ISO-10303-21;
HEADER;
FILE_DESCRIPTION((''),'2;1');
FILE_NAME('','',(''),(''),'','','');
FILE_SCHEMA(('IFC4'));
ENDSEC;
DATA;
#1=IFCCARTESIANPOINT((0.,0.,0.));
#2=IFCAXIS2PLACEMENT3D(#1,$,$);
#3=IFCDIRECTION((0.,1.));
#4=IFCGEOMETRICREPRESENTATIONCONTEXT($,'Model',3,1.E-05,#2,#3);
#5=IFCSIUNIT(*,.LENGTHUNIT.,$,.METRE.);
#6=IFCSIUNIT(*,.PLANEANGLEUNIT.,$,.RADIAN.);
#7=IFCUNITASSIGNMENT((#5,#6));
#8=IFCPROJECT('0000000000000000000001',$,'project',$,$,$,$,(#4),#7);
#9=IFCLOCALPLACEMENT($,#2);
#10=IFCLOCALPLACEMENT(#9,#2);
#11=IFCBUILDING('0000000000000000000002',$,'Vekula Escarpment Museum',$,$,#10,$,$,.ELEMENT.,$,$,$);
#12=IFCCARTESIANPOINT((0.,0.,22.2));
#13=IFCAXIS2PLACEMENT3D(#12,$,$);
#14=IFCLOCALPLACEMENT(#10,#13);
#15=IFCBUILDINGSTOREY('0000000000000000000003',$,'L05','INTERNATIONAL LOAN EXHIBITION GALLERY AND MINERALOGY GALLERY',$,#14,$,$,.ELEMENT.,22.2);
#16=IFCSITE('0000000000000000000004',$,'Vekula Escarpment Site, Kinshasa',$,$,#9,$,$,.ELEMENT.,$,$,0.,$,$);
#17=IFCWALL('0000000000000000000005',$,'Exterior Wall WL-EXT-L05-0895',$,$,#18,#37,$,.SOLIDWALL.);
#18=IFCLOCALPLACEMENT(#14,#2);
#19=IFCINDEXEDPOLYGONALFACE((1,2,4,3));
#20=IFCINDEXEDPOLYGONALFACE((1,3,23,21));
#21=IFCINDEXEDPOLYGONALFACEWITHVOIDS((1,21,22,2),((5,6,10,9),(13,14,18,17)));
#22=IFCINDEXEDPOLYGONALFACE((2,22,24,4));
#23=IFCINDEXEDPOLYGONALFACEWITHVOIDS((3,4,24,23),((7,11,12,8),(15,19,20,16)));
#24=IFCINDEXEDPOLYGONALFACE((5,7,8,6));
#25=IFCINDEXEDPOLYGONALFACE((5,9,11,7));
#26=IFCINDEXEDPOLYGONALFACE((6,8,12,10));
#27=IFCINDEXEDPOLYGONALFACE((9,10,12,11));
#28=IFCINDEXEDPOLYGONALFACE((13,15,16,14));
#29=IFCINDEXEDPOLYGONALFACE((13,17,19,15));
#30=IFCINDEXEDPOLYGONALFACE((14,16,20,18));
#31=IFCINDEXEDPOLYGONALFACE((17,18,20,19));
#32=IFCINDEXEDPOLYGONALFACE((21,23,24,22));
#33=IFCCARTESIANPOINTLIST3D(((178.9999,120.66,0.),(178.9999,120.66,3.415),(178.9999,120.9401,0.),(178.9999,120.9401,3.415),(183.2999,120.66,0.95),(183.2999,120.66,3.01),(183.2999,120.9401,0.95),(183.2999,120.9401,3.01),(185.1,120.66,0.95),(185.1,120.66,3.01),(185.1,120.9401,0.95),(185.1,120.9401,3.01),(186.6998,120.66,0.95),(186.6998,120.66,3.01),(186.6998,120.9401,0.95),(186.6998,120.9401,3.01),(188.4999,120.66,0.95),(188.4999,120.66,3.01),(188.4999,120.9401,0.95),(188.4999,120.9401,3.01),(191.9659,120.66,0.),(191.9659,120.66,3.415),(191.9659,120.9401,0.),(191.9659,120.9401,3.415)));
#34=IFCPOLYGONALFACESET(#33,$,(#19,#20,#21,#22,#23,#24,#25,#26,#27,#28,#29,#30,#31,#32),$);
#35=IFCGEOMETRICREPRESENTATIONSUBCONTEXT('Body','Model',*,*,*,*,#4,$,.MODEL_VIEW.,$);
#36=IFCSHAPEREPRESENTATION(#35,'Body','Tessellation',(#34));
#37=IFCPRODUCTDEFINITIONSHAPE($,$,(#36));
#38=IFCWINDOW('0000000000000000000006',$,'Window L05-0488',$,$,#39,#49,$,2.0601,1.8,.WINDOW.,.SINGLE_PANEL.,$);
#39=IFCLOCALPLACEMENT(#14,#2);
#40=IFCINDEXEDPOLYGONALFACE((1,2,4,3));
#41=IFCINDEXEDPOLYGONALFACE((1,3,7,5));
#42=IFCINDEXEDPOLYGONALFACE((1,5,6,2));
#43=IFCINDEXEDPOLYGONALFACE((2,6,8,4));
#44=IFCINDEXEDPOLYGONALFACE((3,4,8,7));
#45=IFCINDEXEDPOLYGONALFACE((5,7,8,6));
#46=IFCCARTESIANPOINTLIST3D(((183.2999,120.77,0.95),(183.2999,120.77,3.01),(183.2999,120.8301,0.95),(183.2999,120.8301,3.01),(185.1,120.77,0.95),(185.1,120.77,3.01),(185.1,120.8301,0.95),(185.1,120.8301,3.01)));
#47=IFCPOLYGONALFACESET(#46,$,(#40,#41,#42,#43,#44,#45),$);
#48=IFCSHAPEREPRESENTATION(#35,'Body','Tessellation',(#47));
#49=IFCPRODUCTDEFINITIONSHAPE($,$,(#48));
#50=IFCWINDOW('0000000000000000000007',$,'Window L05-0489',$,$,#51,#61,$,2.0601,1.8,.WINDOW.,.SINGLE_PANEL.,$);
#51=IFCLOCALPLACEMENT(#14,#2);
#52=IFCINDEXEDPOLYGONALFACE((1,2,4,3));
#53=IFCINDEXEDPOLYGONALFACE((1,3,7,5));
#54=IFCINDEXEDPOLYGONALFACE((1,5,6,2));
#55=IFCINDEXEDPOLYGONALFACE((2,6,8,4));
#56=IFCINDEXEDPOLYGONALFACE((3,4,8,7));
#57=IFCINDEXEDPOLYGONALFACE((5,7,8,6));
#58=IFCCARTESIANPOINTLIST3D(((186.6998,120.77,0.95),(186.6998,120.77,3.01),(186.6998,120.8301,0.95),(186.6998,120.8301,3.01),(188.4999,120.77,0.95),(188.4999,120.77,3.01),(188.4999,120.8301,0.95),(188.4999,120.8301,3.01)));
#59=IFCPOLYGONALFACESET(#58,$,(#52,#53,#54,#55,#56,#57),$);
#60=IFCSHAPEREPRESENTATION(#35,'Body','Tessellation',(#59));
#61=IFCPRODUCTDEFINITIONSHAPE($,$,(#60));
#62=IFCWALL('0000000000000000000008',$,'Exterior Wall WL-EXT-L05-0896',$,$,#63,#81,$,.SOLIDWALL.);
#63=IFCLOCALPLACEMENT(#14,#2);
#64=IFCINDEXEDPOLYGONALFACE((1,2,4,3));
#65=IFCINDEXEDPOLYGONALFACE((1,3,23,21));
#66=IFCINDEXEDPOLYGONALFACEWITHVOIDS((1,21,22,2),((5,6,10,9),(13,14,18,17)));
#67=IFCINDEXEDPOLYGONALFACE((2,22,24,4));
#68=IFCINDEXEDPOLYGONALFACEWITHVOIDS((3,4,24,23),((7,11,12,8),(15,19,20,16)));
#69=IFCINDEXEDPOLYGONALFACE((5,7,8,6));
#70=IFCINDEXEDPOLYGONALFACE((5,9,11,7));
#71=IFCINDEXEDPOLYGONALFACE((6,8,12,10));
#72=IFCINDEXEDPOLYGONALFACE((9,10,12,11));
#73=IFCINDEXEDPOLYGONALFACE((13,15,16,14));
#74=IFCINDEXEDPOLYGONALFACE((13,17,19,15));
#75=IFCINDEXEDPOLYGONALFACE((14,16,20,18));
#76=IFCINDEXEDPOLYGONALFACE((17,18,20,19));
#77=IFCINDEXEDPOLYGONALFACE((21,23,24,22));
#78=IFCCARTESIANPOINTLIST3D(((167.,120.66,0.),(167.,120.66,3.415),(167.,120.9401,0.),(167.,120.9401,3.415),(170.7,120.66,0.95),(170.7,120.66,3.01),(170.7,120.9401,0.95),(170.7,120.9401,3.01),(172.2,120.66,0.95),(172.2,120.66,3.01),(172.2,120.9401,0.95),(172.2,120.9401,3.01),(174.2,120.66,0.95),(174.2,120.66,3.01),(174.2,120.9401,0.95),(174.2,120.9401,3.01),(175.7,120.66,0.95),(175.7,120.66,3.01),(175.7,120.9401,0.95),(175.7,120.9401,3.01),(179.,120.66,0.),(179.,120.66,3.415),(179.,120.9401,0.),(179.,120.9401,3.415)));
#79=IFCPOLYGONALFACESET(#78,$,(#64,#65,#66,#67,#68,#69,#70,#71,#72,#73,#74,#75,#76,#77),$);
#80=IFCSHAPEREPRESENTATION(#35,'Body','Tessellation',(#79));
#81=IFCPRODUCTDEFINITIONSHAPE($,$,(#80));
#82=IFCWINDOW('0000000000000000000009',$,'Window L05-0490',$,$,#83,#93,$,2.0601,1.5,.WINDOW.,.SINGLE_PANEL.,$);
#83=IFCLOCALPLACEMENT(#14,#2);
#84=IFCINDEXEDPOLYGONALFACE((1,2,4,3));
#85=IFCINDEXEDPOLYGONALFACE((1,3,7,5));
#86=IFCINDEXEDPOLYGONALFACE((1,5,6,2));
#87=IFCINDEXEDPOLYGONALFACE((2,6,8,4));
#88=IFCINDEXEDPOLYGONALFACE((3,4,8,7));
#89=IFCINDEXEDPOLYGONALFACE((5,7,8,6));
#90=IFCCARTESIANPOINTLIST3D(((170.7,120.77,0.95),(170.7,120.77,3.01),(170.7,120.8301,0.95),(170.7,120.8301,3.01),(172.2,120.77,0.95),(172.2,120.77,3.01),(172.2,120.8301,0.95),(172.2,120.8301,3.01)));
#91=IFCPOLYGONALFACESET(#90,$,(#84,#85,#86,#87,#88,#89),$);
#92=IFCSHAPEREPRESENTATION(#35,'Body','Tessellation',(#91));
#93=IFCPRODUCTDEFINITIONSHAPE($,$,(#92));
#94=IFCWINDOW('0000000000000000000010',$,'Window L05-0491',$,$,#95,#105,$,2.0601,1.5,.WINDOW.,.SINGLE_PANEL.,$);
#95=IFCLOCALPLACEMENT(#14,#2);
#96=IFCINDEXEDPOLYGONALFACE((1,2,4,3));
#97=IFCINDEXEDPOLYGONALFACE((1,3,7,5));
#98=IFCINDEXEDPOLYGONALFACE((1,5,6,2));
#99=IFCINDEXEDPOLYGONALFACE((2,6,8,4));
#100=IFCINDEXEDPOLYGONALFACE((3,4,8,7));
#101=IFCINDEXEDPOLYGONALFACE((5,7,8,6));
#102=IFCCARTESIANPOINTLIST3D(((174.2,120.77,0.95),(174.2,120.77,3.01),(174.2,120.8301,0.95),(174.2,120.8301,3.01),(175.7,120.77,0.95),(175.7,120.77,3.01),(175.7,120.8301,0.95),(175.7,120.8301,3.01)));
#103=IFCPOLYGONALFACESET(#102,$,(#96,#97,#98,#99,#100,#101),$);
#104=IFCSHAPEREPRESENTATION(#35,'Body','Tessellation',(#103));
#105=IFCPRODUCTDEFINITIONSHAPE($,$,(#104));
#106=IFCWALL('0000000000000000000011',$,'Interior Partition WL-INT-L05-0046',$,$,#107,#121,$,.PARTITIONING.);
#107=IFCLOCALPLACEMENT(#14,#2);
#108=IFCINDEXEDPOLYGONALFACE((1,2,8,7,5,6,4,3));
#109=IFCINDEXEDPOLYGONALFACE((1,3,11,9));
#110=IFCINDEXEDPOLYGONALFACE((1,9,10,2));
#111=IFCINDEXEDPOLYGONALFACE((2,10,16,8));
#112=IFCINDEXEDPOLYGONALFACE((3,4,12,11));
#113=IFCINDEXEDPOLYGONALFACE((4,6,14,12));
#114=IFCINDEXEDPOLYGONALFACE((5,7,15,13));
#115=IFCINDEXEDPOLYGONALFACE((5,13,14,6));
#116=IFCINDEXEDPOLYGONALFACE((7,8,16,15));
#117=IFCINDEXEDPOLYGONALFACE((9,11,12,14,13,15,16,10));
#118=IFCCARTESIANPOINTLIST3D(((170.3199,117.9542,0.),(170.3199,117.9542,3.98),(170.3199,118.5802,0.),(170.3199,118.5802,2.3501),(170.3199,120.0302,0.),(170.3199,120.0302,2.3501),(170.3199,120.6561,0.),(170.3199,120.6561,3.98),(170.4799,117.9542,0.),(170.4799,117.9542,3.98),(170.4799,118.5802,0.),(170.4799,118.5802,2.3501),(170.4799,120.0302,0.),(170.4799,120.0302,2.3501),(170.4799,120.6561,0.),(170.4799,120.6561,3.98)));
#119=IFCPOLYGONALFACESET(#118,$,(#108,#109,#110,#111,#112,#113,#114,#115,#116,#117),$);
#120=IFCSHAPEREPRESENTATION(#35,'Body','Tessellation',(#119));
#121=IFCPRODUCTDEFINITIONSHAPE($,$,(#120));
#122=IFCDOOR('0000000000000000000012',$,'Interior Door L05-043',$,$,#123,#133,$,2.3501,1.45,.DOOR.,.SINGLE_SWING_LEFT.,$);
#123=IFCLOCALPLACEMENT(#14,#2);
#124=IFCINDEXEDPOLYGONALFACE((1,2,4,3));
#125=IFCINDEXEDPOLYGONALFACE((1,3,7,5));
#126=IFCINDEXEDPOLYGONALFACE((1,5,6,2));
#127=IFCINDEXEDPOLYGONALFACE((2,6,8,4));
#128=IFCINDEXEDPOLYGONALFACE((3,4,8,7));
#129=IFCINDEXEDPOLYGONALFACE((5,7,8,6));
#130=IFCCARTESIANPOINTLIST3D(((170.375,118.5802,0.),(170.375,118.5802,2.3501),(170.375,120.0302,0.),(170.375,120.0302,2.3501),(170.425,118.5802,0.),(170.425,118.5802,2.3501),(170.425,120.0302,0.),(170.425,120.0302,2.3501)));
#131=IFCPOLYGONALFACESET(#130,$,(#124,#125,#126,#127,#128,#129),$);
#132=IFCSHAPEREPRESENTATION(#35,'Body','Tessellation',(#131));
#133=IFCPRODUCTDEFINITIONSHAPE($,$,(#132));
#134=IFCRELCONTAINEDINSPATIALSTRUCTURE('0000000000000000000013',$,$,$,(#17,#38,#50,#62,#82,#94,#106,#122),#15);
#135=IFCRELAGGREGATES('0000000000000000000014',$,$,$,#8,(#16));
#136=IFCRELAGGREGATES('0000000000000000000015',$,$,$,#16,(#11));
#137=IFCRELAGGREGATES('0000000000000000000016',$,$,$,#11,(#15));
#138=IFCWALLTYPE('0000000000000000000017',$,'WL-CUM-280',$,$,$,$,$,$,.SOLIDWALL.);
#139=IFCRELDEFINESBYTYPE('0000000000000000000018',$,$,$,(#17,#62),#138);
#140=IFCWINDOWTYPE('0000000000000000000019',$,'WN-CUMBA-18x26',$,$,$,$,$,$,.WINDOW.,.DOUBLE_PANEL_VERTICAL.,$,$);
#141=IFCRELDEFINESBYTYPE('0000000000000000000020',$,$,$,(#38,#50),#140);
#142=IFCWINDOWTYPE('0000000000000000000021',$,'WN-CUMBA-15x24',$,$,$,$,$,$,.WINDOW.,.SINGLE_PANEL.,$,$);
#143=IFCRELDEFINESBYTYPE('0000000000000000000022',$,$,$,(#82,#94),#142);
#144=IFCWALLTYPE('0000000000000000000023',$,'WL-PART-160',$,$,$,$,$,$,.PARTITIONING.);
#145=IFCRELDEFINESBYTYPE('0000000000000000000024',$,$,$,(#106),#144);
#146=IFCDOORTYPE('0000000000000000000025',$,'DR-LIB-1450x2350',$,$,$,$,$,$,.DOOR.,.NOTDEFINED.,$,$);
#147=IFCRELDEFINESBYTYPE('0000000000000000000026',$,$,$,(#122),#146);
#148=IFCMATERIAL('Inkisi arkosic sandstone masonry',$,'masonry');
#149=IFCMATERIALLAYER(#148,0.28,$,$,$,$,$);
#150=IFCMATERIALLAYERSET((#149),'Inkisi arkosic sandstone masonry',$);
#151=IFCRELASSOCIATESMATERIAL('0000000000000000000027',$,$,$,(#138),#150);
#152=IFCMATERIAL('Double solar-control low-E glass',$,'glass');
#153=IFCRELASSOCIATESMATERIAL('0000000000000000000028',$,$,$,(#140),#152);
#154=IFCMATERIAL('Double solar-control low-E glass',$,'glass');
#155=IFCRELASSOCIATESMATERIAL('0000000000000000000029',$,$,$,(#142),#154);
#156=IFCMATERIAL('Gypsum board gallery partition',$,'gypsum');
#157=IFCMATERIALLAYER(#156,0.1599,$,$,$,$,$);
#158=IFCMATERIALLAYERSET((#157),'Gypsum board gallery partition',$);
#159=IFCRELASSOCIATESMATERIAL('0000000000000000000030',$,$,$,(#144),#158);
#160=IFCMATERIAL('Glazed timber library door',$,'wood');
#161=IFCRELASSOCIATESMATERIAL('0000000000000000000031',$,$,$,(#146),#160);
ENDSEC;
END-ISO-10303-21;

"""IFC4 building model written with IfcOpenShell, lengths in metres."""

from ifc_helpers import new_model, si_unit, direction, frame, frame_2d, origin, place, context, subcontext, project, spatial, rectangle, extrude, material, layer, layer_set, type_object, element, fill, save


model = new_model("IFC4")

# Units and contexts
model_context = context("Model", 3, precision=1e-05, world=origin(), true_north=direction((0.0, 1.0)))
body_context = subcontext(model_context, "Body", "Model", "MODEL_VIEW")
ifc_project = project(units=[si_unit("LENGTHUNIT", "METRE"), si_unit("PLANEANGLEUNIT", "RADIAN")], contexts=[model_context])

# Site, building, storey
site_placement = place(None, origin())
site = spatial("IfcSite", under=ifc_project, at=site_placement, Name="Vekula Escarpment Site, Kinshasa", CompositionType="ELEMENT", RefElevation=0.0)
building_placement = place(site_placement, origin())
building = spatial("IfcBuilding", under=site, at=building_placement, Name="Vekula Escarpment Museum", CompositionType="ELEMENT")
storey_placement = place(building_placement, frame((0.0, 0.0, 22.2)))
storey = spatial("IfcBuildingStorey", under=building, at=storey_placement, Name="L05", Description="INTERNATIONAL LOAN EXHIBITION GALLERY AND MINERALOGY GALLERY", CompositionType="ELEMENT", Elevation=22.2)

# Walls, openings, windows
ifc_material_1 = material(Name="Inkisi arkosic sandstone masonry", Category="masonry")
ifc_layer_1 = layer(ifc_material_1, 0.28)
ifc_layer_set_1 = layer_set([ifc_layer_1], Name="Inkisi arkosic sandstone masonry")
wall_type_1 = type_object("IfcWallType", Name="WL-CUM-280", PredefinedType="SOLIDWALL", material=ifc_layer_set_1)
wall_1_placement = place(storey_placement, frame((179.0, 120.8, 0.0), z_axis=(0.0, 0.0, 1.0), x_axis=(1.0, 0.0, 0.0)))
wall_1 = element("IfcWall", 1, at=wall_1_placement, inside=storey, type_object=wall_type_1, Name="Exterior Wall WL-EXT-L05-0895", PredefinedType="SOLIDWALL", context=body_context, shape_type="SweptSolid", body=[
    extrude(rectangle(XDim=12.9661, YDim=0.28, at=frame_2d((6.4829, 0.0))), origin(), (0.0, 0.0, 1.0), 3.415),
])
opening_1_placement = place(wall_1_placement, frame((4.3, 0.0, 0.95)))
opening_1 = element("IfcOpeningElement", 2, at=opening_1_placement, cuts=wall_1, PredefinedType="OPENING", context=body_context, shape_type="SweptSolid", body=[
    extrude(rectangle(XDim=1.8, YDim=2.0601, at=frame_2d((0.8999, 1.03))), frame((0.0, 0.1499, 0.0), z_axis=(0.0, -1.0, 0.0), x_axis=(1.0, 0.0, 0.0)), (0.0, 0.0, 1.0), 0.3),
])
opening_2_placement = place(wall_1_placement, frame((7.7, 0.0, 0.95)))
opening_2 = element("IfcOpeningElement", 3, at=opening_2_placement, cuts=wall_1, PredefinedType="OPENING", context=body_context, shape_type="SweptSolid", body=[
    extrude(rectangle(XDim=1.8, YDim=2.0601, at=frame_2d((0.8999, 1.03))), frame((0.0, 0.1499, 0.0), z_axis=(0.0, -1.0, 0.0), x_axis=(1.0, 0.0, 0.0)), (0.0, 0.0, 1.0), 0.3),
])
ifc_material_2 = material(Name="Double solar-control low-E glass", Category="glass")
window_type_1 = type_object("IfcWindowType", Name="WN-CUMBA-18x26", PartitioningType="DOUBLE_PANEL_VERTICAL", PredefinedType="WINDOW", material=ifc_material_2)
window_1_placement = place(opening_1_placement, origin())
window_1 = element("IfcWindow", 4, at=window_1_placement, inside=storey, type_object=window_type_1, Name="Window L05-0488", OverallHeight=2.0601, OverallWidth=1.8, PartitioningType="SINGLE_PANEL", PredefinedType="WINDOW", context=body_context, shape_type="SweptSolid", body=[
    extrude(rectangle(XDim=1.8, YDim=2.0601, at=frame_2d((0.8999, 1.03))), frame((0.0, 0.03, 0.0), z_axis=(0.0, -1.0, 0.0), x_axis=(1.0, 0.0, 0.0)), (0.0, 0.0, 1.0), 0.0601),
])
fill(opening_1, window_1)
window_2_placement = place(opening_2_placement, origin())
window_2 = element("IfcWindow", 5, at=window_2_placement, inside=storey, type_object=window_type_1, Name="Window L05-0489", OverallHeight=2.0601, OverallWidth=1.8, PartitioningType="SINGLE_PANEL", PredefinedType="WINDOW", context=body_context, shape_type="SweptSolid", body=[
    extrude(rectangle(XDim=1.8, YDim=2.0601, at=frame_2d((0.8999, 1.03))), frame((0.0, 0.03, 0.0), z_axis=(0.0, -1.0, 0.0), x_axis=(1.0, 0.0, 0.0)), (0.0, 0.0, 1.0), 0.0601),
])
fill(opening_2, window_2)
wall_2_placement = place(storey_placement, frame((167.0, 120.8, 0.0), z_axis=(0.0, 0.0, 1.0), x_axis=(1.0, 0.0, 0.0)))
wall_2 = element("IfcWall", 6, at=wall_2_placement, inside=storey, type_object=wall_type_1, Name="Exterior Wall WL-EXT-L05-0896", PredefinedType="SOLIDWALL", context=body_context, shape_type="SweptSolid", body=[
    extrude(rectangle(XDim=12.0, YDim=0.28, at=frame_2d((6.0, 0.0))), origin(), (0.0, 0.0, 1.0), 3.415),
])
opening_3_placement = place(wall_2_placement, frame((3.7, 0.0, 0.95)))
opening_3 = element("IfcOpeningElement", 7, at=opening_3_placement, cuts=wall_2, PredefinedType="OPENING", context=body_context, shape_type="SweptSolid", body=[
    extrude(rectangle(XDim=1.5, YDim=2.0601, at=frame_2d((0.75, 1.03))), frame((0.0, 0.1499, 0.0), z_axis=(0.0, -1.0, 0.0), x_axis=(1.0, 0.0, 0.0)), (0.0, 0.0, 1.0), 0.3),
])
opening_4_placement = place(wall_2_placement, frame((7.2, 0.0, 0.95)))
opening_4 = element("IfcOpeningElement", 8, at=opening_4_placement, cuts=wall_2, PredefinedType="OPENING", context=body_context, shape_type="SweptSolid", body=[
    extrude(rectangle(XDim=1.5, YDim=2.0601, at=frame_2d((0.75, 1.03))), frame((0.0, 0.1499, 0.0), z_axis=(0.0, -1.0, 0.0), x_axis=(1.0, 0.0, 0.0)), (0.0, 0.0, 1.0), 0.3),
])
ifc_material_3 = material(Name="Double solar-control low-E glass", Category="glass")
window_type_2 = type_object("IfcWindowType", Name="WN-CUMBA-15x24", PartitioningType="SINGLE_PANEL", PredefinedType="WINDOW", material=ifc_material_3)
window_3_placement = place(opening_3_placement, origin())
window_3 = element("IfcWindow", 9, at=window_3_placement, inside=storey, type_object=window_type_2, Name="Window L05-0490", OverallHeight=2.0601, OverallWidth=1.5, PartitioningType="SINGLE_PANEL", PredefinedType="WINDOW", context=body_context, shape_type="SweptSolid", body=[
    extrude(rectangle(XDim=1.5, YDim=2.0601, at=frame_2d((0.75, 1.03))), frame((0.0, 0.03, 0.0), z_axis=(0.0, -1.0, 0.0), x_axis=(1.0, 0.0, 0.0)), (0.0, 0.0, 1.0), 0.0601),
])
fill(opening_3, window_3)
window_4_placement = place(opening_4_placement, origin())
window_4 = element("IfcWindow", 10, at=window_4_placement, inside=storey, type_object=window_type_2, Name="Window L05-0491", OverallHeight=2.0601, OverallWidth=1.5, PartitioningType="SINGLE_PANEL", PredefinedType="WINDOW", context=body_context, shape_type="SweptSolid", body=[
    extrude(rectangle(XDim=1.5, YDim=2.0601, at=frame_2d((0.75, 1.03))), frame((0.0, 0.03, 0.0), z_axis=(0.0, -1.0, 0.0), x_axis=(1.0, 0.0, 0.0)), (0.0, 0.0, 1.0), 0.0601),
])
fill(opening_4, window_4)

# Wall, opening, door
ifc_material_4 = material(Name="Gypsum board gallery partition", Category="gypsum")
ifc_layer_2 = layer(ifc_material_4, 0.1599)
ifc_layer_set_2 = layer_set([ifc_layer_2], Name="Gypsum board gallery partition")
wall_type_2 = type_object("IfcWallType", Name="WL-PART-160", PredefinedType="PARTITIONING", material=ifc_layer_set_2)
wall_3_placement = place(storey_placement, frame((170.3999, 117.9541, 0.0), z_axis=(0.0, 0.0, 1.0), x_axis=(0.0, 1.0, 0.0)))
wall_3 = element("IfcWall", 11, at=wall_3_placement, inside=storey, type_object=wall_type_2, Name="Interior Partition WL-INT-L05-0046", PredefinedType="PARTITIONING", context=body_context, shape_type="SweptSolid", body=[
    extrude(rectangle(XDim=2.7019, YDim=0.1599, at=frame_2d((1.3511, 0.0))), origin(), (0.0, 0.0, 1.0), 3.98),
])
opening_5_placement = place(wall_3_placement, frame((0.626, 0.0, 0.0)))
opening_5 = element("IfcOpeningElement", 12, at=opening_5_placement, cuts=wall_3, PredefinedType="OPENING", context=body_context, shape_type="SweptSolid", body=[
    extrude(rectangle(XDim=1.45, YDim=2.3501, at=frame_2d((0.7251, 1.175))), frame((0.0, 0.0898, 0.0), z_axis=(0.0, -1.0, 0.0), x_axis=(1.0, 0.0, 0.0)), (0.0, 0.0, 1.0), 0.1799),
])
ifc_material_5 = material(Name="Glazed timber library door", Category="wood")
door_type_1 = type_object("IfcDoorType", Name="DR-LIB-1450x2350", OperationType="NOTDEFINED", PredefinedType="DOOR", material=ifc_material_5)
door_1_placement = place(opening_5_placement, origin())
door_1 = element("IfcDoor", 13, at=door_1_placement, inside=storey, type_object=door_type_1, Name="Interior Door L05-043", OperationType="SINGLE_SWING_LEFT", OverallHeight=2.3501, OverallWidth=1.45, PredefinedType="DOOR", context=body_context, shape_type="SweptSolid", body=[
    extrude(rectangle(XDim=1.45, YDim=2.3501, at=frame_2d((0.7251, 1.175))), frame((0.0, 0.0249, 0.0), z_axis=(0.0, -1.0, 0.0), x_axis=(1.0, 0.0, 0.0)), (0.0, 0.0, 1.0), 0.05),
])
fill(opening_5, door_1)

save(model, "model.ifc")
